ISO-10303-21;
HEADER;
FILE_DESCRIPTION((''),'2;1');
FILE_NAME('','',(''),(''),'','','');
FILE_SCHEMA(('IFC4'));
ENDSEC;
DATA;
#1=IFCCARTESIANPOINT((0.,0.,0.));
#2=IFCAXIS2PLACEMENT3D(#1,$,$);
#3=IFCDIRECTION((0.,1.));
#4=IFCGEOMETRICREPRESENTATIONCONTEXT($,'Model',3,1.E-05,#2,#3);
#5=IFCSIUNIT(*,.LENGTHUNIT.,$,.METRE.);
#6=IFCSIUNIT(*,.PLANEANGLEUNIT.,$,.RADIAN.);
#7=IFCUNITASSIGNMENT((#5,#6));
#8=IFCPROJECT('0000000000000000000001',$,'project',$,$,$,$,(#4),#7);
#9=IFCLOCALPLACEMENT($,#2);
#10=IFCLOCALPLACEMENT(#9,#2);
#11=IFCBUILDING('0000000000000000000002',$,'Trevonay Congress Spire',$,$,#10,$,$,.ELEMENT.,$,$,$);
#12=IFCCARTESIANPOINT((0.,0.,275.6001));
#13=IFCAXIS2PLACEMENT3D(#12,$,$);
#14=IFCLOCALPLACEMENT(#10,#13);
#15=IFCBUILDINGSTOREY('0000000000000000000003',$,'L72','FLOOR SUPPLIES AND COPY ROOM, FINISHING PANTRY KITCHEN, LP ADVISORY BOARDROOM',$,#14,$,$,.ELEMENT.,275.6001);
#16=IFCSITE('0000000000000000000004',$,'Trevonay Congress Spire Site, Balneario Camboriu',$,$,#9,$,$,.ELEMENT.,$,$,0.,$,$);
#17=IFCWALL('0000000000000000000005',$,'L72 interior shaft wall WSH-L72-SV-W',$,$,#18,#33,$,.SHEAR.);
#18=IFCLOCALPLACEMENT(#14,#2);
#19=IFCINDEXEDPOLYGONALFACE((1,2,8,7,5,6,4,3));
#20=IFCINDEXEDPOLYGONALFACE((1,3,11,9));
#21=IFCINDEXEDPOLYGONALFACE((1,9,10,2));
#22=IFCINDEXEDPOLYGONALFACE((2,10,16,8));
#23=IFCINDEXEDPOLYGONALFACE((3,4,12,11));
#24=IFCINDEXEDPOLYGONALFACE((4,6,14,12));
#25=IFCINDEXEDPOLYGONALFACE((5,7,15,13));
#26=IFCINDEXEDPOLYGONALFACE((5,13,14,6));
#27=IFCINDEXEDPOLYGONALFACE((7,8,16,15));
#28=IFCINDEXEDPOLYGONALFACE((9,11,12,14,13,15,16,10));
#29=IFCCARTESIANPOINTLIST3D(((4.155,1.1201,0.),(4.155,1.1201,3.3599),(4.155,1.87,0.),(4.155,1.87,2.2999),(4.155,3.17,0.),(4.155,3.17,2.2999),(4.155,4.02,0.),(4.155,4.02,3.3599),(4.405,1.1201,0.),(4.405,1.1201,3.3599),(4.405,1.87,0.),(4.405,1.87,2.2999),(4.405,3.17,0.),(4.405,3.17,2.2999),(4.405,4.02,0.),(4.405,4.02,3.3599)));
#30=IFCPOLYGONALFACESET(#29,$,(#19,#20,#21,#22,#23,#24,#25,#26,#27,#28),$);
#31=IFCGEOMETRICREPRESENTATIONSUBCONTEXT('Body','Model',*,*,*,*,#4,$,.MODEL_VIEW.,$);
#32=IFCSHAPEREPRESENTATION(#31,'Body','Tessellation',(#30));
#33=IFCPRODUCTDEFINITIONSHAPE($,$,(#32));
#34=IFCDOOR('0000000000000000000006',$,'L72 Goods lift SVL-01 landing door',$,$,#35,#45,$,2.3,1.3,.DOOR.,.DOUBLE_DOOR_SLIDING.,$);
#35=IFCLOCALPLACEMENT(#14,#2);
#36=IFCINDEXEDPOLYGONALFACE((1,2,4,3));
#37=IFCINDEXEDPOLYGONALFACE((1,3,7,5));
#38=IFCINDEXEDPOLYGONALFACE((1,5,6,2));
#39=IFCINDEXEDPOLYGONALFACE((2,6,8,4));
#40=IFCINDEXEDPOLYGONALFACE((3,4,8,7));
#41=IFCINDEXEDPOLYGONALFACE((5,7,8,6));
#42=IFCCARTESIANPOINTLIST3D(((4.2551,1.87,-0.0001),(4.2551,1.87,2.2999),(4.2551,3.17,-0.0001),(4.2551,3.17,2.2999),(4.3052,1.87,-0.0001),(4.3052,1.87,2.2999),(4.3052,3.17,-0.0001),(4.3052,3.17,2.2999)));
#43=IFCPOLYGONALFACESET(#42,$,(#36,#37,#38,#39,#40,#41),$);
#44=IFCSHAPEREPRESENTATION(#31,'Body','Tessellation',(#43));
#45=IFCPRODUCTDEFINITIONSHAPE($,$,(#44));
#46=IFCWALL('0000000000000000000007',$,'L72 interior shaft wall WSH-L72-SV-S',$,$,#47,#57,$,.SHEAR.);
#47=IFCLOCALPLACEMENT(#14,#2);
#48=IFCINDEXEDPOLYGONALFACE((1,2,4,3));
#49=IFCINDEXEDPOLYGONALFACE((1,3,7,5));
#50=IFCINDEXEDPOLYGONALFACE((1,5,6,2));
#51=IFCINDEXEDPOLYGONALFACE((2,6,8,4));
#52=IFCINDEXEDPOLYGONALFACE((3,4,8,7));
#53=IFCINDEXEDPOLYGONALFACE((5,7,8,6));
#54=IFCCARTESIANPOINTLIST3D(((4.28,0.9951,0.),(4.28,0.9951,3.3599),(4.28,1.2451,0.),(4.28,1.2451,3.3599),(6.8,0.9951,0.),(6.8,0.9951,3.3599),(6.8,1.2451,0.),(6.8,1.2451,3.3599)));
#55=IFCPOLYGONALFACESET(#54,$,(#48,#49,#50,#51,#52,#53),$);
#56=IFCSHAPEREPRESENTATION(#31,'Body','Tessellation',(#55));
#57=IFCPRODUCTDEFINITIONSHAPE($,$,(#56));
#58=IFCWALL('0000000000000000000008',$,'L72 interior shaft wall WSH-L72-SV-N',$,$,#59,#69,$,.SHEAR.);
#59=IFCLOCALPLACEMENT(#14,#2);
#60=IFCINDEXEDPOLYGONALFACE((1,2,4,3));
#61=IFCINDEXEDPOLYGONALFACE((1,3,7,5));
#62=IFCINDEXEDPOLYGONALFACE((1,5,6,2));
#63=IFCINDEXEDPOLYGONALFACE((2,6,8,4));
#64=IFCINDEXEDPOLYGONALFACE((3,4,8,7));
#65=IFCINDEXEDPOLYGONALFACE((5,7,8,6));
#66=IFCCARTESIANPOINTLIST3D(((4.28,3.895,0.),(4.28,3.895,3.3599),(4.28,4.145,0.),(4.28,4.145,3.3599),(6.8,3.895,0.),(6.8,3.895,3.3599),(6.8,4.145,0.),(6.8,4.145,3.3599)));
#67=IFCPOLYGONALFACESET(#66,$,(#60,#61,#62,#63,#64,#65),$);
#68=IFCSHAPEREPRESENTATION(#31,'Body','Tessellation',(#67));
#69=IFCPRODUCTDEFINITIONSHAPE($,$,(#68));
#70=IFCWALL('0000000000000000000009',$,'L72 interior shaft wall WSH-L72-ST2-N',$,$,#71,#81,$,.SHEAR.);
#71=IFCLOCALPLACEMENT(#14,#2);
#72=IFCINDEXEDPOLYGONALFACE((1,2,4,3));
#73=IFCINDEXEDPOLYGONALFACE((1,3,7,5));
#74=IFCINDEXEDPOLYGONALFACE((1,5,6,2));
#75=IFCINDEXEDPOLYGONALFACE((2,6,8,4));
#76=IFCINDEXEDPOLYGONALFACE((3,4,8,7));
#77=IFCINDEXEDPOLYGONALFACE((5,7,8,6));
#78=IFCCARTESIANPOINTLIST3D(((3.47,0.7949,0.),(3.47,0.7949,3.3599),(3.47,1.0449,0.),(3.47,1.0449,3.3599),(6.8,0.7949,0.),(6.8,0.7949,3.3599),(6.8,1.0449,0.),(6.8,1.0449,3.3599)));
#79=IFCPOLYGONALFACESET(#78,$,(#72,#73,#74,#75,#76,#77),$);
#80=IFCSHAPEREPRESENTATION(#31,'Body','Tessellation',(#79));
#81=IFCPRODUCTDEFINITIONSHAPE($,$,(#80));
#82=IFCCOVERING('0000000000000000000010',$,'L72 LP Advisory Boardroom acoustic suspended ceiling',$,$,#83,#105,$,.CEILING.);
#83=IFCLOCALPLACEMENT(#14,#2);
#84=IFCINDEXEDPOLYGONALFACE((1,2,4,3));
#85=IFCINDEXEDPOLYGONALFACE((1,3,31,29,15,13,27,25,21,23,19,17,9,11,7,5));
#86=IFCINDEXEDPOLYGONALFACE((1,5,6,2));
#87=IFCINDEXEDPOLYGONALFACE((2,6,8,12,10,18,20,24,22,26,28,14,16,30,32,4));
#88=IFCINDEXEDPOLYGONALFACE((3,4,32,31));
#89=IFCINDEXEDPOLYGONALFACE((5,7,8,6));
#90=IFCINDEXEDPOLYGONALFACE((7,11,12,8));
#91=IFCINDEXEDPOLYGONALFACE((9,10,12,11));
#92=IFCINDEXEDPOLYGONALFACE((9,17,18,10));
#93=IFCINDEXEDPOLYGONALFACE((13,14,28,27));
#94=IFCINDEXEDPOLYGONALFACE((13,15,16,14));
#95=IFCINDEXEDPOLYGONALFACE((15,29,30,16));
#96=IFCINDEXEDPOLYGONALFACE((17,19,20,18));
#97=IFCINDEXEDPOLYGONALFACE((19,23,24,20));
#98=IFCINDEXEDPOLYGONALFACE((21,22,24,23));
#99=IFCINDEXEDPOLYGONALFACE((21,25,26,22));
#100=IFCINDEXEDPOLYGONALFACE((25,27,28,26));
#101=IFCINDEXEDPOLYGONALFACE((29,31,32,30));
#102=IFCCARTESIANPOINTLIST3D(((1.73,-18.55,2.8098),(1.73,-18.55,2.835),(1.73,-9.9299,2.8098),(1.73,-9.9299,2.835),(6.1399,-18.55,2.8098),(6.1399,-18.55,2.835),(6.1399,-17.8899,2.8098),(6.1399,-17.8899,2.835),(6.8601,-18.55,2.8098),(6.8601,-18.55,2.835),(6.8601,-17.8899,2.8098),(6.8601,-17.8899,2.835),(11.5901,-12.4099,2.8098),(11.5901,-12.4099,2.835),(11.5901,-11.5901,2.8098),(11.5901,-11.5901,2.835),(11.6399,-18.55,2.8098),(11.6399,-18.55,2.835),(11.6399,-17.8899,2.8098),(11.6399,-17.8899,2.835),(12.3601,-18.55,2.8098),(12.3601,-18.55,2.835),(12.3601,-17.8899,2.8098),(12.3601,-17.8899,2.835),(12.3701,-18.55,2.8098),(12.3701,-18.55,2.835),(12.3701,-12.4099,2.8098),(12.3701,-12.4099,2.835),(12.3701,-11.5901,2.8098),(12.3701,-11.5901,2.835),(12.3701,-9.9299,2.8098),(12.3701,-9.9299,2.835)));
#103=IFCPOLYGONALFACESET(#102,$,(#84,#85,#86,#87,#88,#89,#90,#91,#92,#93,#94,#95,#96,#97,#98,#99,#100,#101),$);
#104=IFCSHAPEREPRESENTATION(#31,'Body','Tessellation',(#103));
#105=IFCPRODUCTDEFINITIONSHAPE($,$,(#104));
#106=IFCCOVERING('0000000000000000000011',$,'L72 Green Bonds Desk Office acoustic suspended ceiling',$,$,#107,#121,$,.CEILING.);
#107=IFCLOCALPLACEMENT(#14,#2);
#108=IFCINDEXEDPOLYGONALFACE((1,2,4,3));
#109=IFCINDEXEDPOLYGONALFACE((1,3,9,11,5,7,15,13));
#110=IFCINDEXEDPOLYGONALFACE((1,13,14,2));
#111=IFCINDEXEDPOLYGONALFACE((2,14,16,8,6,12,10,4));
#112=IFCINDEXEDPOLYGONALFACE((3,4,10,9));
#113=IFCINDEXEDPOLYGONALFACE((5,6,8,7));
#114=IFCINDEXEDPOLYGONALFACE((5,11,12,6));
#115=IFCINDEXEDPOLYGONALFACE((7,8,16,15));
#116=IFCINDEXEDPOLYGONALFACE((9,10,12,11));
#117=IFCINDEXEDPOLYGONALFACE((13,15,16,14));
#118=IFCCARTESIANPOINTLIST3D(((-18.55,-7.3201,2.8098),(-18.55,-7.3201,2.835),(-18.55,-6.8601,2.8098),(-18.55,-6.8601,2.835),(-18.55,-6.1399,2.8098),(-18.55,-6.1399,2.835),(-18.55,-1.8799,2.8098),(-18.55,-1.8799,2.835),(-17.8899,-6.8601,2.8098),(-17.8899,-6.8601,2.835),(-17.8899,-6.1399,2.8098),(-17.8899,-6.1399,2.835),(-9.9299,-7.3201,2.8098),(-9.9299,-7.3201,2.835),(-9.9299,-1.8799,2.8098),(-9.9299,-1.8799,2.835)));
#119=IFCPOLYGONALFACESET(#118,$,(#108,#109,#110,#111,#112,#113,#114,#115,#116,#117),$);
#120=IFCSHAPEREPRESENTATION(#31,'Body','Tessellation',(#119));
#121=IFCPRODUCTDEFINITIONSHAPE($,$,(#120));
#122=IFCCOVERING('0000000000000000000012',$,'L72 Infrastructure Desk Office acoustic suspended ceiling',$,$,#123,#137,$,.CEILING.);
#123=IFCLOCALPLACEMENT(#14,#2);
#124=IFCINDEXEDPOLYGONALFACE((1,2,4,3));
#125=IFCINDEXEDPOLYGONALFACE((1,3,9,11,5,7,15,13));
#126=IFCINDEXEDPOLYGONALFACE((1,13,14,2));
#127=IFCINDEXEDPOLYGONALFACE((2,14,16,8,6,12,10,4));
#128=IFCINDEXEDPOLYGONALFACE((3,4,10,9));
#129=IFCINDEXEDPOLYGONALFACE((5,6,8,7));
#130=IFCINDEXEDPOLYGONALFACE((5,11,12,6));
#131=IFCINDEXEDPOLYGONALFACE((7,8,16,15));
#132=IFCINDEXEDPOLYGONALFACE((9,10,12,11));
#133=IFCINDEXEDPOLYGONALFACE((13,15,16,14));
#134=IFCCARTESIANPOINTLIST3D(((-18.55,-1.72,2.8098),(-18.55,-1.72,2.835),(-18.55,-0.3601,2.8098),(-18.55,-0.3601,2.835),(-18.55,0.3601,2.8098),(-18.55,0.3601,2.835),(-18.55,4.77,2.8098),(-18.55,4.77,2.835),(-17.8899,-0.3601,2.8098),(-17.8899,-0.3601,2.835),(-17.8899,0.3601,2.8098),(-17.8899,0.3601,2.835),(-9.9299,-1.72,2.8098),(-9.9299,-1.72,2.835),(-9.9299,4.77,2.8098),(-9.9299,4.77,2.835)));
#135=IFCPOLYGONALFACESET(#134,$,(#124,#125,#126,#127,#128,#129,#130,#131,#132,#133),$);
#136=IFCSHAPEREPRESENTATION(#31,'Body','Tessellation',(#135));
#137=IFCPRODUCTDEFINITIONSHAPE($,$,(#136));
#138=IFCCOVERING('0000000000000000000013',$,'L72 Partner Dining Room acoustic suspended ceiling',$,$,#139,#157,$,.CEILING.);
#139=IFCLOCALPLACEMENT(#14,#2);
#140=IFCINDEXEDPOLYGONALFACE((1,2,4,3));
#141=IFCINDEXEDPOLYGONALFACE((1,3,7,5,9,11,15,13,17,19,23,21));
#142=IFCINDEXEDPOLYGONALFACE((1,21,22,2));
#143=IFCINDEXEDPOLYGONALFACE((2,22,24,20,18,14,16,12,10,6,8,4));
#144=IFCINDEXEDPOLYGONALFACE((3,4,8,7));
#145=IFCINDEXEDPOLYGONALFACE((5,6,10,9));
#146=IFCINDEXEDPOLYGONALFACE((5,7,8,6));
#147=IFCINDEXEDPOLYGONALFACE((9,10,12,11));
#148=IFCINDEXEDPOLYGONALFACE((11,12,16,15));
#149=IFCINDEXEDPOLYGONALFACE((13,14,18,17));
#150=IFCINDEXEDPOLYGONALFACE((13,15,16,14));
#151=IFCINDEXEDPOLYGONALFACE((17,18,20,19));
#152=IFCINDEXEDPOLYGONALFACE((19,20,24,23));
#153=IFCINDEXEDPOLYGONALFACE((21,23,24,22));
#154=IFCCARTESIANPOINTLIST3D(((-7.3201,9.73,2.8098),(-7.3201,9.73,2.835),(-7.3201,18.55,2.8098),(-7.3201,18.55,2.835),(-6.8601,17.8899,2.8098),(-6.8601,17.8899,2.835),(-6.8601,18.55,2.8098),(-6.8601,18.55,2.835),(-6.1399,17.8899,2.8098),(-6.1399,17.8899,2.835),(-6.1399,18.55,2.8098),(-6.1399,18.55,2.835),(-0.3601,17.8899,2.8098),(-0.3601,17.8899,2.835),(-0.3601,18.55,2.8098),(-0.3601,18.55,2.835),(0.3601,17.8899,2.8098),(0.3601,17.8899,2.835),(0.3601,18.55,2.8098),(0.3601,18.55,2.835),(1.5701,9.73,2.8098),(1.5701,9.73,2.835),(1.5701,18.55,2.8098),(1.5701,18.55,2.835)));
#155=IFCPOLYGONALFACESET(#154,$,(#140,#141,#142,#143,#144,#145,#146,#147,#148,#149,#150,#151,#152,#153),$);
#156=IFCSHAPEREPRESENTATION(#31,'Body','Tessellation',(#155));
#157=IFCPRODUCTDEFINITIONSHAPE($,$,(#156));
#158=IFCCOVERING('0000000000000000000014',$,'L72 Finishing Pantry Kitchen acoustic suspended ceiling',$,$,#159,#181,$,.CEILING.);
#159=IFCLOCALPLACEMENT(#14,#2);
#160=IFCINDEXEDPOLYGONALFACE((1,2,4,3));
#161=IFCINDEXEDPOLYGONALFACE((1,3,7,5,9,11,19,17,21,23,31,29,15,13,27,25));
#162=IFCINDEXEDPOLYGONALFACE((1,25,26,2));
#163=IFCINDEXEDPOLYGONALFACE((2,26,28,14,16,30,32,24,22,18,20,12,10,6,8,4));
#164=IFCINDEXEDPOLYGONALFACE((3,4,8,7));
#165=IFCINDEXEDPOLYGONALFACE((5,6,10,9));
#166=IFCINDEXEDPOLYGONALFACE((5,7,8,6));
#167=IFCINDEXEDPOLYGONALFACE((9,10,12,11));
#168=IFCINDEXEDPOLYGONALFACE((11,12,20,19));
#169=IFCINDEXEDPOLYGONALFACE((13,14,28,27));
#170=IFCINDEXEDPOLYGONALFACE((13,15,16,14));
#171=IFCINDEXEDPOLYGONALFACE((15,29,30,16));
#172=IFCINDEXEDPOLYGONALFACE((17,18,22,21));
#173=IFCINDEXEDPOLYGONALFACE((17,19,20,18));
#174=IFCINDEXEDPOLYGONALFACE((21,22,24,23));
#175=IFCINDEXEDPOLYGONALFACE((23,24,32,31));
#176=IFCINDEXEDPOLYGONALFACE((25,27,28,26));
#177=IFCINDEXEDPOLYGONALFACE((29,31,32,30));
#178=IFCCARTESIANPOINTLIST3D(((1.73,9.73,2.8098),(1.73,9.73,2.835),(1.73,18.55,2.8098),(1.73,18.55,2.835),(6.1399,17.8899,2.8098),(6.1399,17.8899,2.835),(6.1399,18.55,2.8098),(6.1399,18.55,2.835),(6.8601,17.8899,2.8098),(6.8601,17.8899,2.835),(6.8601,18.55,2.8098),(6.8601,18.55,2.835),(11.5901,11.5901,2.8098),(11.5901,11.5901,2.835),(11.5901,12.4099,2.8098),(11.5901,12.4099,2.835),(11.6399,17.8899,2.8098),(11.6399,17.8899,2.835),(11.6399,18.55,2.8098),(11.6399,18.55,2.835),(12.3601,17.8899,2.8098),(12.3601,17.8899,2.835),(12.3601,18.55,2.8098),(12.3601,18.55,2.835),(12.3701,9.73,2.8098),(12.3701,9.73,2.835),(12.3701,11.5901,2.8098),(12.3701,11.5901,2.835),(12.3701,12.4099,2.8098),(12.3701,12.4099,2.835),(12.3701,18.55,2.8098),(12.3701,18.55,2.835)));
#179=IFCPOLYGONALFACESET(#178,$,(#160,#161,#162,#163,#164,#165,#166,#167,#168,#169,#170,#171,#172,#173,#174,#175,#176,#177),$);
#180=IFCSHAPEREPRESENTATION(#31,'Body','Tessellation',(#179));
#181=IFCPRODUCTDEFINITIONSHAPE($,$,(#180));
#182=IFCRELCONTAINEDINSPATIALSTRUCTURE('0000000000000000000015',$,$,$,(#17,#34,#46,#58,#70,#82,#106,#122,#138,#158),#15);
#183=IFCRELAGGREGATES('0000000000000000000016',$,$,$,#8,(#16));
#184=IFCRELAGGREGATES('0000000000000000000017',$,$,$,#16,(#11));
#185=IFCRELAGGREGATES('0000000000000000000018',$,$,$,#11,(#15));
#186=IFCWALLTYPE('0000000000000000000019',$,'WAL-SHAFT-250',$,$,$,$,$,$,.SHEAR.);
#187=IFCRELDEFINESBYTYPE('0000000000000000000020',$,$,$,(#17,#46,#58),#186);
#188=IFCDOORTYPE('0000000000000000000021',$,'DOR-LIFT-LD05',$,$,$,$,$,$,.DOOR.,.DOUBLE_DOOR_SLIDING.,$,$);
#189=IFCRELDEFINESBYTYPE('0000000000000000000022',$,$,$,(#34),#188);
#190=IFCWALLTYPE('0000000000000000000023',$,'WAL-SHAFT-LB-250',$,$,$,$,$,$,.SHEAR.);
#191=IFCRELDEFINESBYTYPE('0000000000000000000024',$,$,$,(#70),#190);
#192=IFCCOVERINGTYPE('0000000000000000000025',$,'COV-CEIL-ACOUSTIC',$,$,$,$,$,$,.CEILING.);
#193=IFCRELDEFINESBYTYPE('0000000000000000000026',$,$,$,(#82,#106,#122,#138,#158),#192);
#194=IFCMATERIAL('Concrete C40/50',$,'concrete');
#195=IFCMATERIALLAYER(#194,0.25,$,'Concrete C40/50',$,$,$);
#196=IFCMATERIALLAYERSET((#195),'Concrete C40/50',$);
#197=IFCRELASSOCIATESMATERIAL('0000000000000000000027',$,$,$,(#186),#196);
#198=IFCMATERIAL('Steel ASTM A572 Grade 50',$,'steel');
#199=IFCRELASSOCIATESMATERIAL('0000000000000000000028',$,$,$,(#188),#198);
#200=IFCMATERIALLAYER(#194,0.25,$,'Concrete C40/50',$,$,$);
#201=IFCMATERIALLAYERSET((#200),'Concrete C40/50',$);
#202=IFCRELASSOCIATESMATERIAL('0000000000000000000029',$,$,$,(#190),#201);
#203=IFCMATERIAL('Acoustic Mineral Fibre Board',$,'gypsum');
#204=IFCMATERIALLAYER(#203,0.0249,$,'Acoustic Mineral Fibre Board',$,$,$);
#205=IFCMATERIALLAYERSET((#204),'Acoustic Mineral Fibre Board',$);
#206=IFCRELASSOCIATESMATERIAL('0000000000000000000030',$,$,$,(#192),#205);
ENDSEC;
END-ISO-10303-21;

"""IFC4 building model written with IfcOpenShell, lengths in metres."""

from ifc_helpers import new_model, si_unit, direction, frame, frame_2d, origin, place, context, subcontext, project, spatial, polyline, rectangle, outline, extrude, material, layer, layer_set, type_object, element, fill, save


model = new_model("IFC4")

# Units and contexts
model_context = context("Model", 3, precision=1e-05, world=origin(), true_north=direction((0.0, 1.0)))
body_context = subcontext(model_context, "Body", "Model", "MODEL_VIEW")
ifc_project = project(units=[si_unit("LENGTHUNIT", "METRE"), si_unit("PLANEANGLEUNIT", "RADIAN")], contexts=[model_context])

# Site, building, storey
site_placement = place(None, origin())
site = spatial("IfcSite", under=ifc_project, at=site_placement, Name="Trevonay Congress Spire Site, Balneario Camboriu", CompositionType="ELEMENT", RefElevation=0.0)
building_placement = place(site_placement, origin())
building = spatial("IfcBuilding", under=site, at=building_placement, Name="Trevonay Congress Spire", CompositionType="ELEMENT")
storey_placement = place(building_placement, frame((0.0, 0.0, 275.6001)))
storey = spatial("IfcBuildingStorey", under=building, at=storey_placement, Name="L72", Description="FLOOR SUPPLIES AND COPY ROOM, FINISHING PANTRY KITCHEN, LP ADVISORY BOARDROOM", CompositionType="ELEMENT", Elevation=275.6001)

# Shared definitions
ifc_material_1 = material(Name="Steel ASTM A572 Grade 50", Category="steel")

# Shared definitions
ifc_material_2 = material(Name="Concrete C40/50", Category="concrete")
ifc_layer_1 = layer(ifc_material_2, 0.25, Name="Concrete C40/50")
ifc_layer_set_1 = layer_set([ifc_layer_1], Name="Concrete C40/50")
wall_type_1 = type_object("IfcWallType", Name="WAL-SHAFT-250", PredefinedType="SHEAR", material=ifc_layer_set_1)

# Wall, opening, door
wall_1_placement = place(storey_placement, frame((4.28, 1.1201, 0.0), z_axis=(0.0, 0.0, 1.0), x_axis=(0.0, 1.0, 0.0)))
wall_1 = element("IfcWall", 1, at=wall_1_placement, inside=storey, type_object=wall_type_1, Name="L72 interior shaft wall WSH-L72-SV-W", PredefinedType="SHEAR", context=body_context, shape_type="SweptSolid", body=[
    extrude(rectangle(XDim=2.8999, YDim=0.25, at=frame_2d((1.45, 0.0))), origin(), (0.0, 0.0, 1.0), 3.3599),
])
opening_1_placement = place(wall_1_placement, frame((0.75, 0.0, 0.0)))
opening_1 = element("IfcOpeningElement", 2, at=opening_1_placement, cuts=wall_1, PredefinedType="OPENING", context=body_context, shape_type="SweptSolid", body=[
    extrude(rectangle(XDim=1.3, YDim=2.3, at=frame_2d((0.6499, 1.1499))), frame((0.0, 0.135, 0.0), z_axis=(0.0, -1.0, 0.0), x_axis=(1.0, 0.0, 0.0)), (0.0, 0.0, 1.0), 0.27),
])
door_type_1 = type_object("IfcDoorType", Name="DOR-LIFT-LD05", OperationType="DOUBLE_DOOR_SLIDING", PredefinedType="DOOR", material=ifc_material_1)
door_1_placement = place(opening_1_placement, origin())
door_1 = element("IfcDoor", 3, at=door_1_placement, inside=storey, type_object=door_type_1, Name="L72 Goods lift SVL-01 landing door", OperationType="DOUBLE_DOOR_SLIDING", OverallHeight=2.3, OverallWidth=1.3, PredefinedType="DOOR", context=body_context, shape_type="SweptSolid", body=[
    extrude(rectangle(XDim=1.3, YDim=2.3, at=frame_2d((0.6499, 1.1499))), frame((0.0, 0.0249, 0.0), z_axis=(0.0, -1.0, 0.0), x_axis=(1.0, 0.0, 0.0)), (0.0, 0.0, 1.0), 0.05),
])
fill(opening_1, door_1)

# Walls
for number, where, z_axis, x_axis, name in (
    (4, (4.28, 1.1201, 0.0), (0.0, 0.0, 1.0), (1.0, 0.0, 0.0), "L72 interior shaft wall WSH-L72-SV-S"),
    (5, (4.28, 4.02, 0.0), (0.0, 0.0, 1.0), (1.0, 0.0, 0.0), "L72 interior shaft wall WSH-L72-SV-N"),
):
    element("IfcWall", number, at=place(storey_placement, frame(where, z_axis=z_axis, x_axis=x_axis)), inside=storey, type_object=wall_type_1, Name=name, PredefinedType="SHEAR", context=body_context, shape_type="SweptSolid", body=[
        extrude(rectangle(XDim=2.52, YDim=0.25, at=frame_2d((1.26, 0.0))), origin(), (0.0, 0.0, 1.0), 3.3599),
    ])
ifc_layer_2 = layer(ifc_material_2, 0.25, Name="Concrete C40/50")
ifc_layer_set_2 = layer_set([ifc_layer_2], Name="Concrete C40/50")
wall_type_2 = type_object("IfcWallType", Name="WAL-SHAFT-LB-250", PredefinedType="SHEAR", material=ifc_layer_set_2)
wall_2_placement = place(storey_placement, frame((3.47, 0.9199, 0.0), z_axis=(0.0, 0.0, 1.0), x_axis=(1.0, 0.0, 0.0)))
element("IfcWall", 6, at=wall_2_placement, inside=storey, type_object=wall_type_2, Name="L72 interior shaft wall WSH-L72-ST2-N", PredefinedType="SHEAR", context=body_context, shape_type="SweptSolid", body=[
    extrude(rectangle(XDim=3.3301, YDim=0.25, at=frame_2d((1.665, 0.0))), origin(), (0.0, 0.0, 1.0), 3.3599),
])

# Coverings
ifc_material_3 = material(Name="Acoustic Mineral Fibre Board", Category="gypsum")
ifc_layer_3 = layer(ifc_material_3, 0.0249, Name="Acoustic Mineral Fibre Board")
ifc_layer_set_3 = layer_set([ifc_layer_3], Name="Acoustic Mineral Fibre Board")
covering_type_1 = type_object("IfcCoveringType", Name="COV-CEIL-ACOUSTIC", PredefinedType="CEILING", material=ifc_layer_set_3)
covering_1_placement = place(storey_placement, frame((0.0, 0.0, 2.8098)))
element("IfcCovering", 7, at=covering_1_placement, inside=storey, type_object=covering_type_1, Name="L72 LP Advisory Boardroom acoustic suspended ceiling", PredefinedType="CEILING", context=body_context, shape_type="SweptSolid", body=[
    extrude(outline(polyline([(1.73, -18.55), (1.73, -9.9299), (12.3701, -9.9299), (12.3701, -11.5901), (11.5901, -11.5901), (11.5901, -12.4099), (12.3701, -12.4099), (12.3701, -18.55), (12.3601, -18.55), (12.3601, -17.8899), (11.6399, -17.8899), (11.6399, -18.55), (6.8601, -18.55), (6.8601, -17.8899), (6.1399, -17.8899), (6.1399, -18.55), (1.73, -18.55)])), origin(), (0.0, 0.0, 1.0), 0.0251),
])
covering_2_placement = place(storey_placement, frame((0.0, 0.0, 2.8098)))
element("IfcCovering", 8, at=covering_2_placement, inside=storey, type_object=covering_type_1, Name="L72 Green Bonds Desk Office acoustic suspended ceiling", PredefinedType="CEILING", context=body_context, shape_type="SweptSolid", body=[
    extrude(outline(polyline([(-18.55, -1.8799), (-9.9299, -1.8799), (-9.9299, -7.3201), (-18.55, -7.3201), (-18.55, -6.8601), (-17.8899, -6.8601), (-17.8899, -6.1399), (-18.55, -6.1399), (-18.55, -1.8799)])), origin(), (0.0, 0.0, 1.0), 0.0251),
])
covering_3_placement = place(storey_placement, frame((0.0, 0.0, 2.8098)))
element("IfcCovering", 9, at=covering_3_placement, inside=storey, type_object=covering_type_1, Name="L72 Infrastructure Desk Office acoustic suspended ceiling", PredefinedType="CEILING", context=body_context, shape_type="SweptSolid", body=[
    extrude(outline(polyline([(-18.55, 4.77), (-9.9299, 4.77), (-9.9299, -1.72), (-18.55, -1.72), (-18.55, -0.3601), (-17.8899, -0.3601), (-17.8899, 0.3601), (-18.55, 0.3601), (-18.55, 4.77)])), origin(), (0.0, 0.0, 1.0), 0.0251),
])
covering_4_placement = place(storey_placement, frame((0.0, 0.0, 2.8098)))
element("IfcCovering", 10, at=covering_4_placement, inside=storey, type_object=covering_type_1, Name="L72 Partner Dining Room acoustic suspended ceiling", PredefinedType="CEILING", context=body_context, shape_type="SweptSolid", body=[
    extrude(outline(polyline([(1.5701, 18.55), (1.5701, 9.73), (-7.3201, 9.73), (-7.3201, 18.55), (-6.8601, 18.55), (-6.8601, 17.8899), (-6.1399, 17.8899), (-6.1399, 18.55), (-0.3601, 18.55), (-0.3601, 17.8899), (0.3601, 17.8899), (0.3601, 18.55), (1.5701, 18.55)])), origin(), (0.0, 0.0, 1.0), 0.0251),
])
covering_5_placement = place(storey_placement, frame((0.0, 0.0, 2.8098)))
element("IfcCovering", 11, at=covering_5_placement, inside=storey, type_object=covering_type_1, Name="L72 Finishing Pantry Kitchen acoustic suspended ceiling", PredefinedType="CEILING", context=body_context, shape_type="SweptSolid", body=[
    extrude(outline(polyline([(12.3701, 9.73), (1.73, 9.73), (1.73, 18.55), (6.1399, 18.55), (6.1399, 17.8899), (6.8601, 17.8899), (6.8601, 18.55), (11.6399, 18.55), (11.6399, 17.8899), (12.3601, 17.8899), (12.3601, 18.55), (12.3701, 18.55), (12.3701, 12.4099), (11.5901, 12.4099), (11.5901, 11.5901), (12.3701, 11.5901), (12.3701, 9.73)])), origin(), (0.0, 0.0, 1.0), 0.0251),
])

save(model, "model.ifc")
